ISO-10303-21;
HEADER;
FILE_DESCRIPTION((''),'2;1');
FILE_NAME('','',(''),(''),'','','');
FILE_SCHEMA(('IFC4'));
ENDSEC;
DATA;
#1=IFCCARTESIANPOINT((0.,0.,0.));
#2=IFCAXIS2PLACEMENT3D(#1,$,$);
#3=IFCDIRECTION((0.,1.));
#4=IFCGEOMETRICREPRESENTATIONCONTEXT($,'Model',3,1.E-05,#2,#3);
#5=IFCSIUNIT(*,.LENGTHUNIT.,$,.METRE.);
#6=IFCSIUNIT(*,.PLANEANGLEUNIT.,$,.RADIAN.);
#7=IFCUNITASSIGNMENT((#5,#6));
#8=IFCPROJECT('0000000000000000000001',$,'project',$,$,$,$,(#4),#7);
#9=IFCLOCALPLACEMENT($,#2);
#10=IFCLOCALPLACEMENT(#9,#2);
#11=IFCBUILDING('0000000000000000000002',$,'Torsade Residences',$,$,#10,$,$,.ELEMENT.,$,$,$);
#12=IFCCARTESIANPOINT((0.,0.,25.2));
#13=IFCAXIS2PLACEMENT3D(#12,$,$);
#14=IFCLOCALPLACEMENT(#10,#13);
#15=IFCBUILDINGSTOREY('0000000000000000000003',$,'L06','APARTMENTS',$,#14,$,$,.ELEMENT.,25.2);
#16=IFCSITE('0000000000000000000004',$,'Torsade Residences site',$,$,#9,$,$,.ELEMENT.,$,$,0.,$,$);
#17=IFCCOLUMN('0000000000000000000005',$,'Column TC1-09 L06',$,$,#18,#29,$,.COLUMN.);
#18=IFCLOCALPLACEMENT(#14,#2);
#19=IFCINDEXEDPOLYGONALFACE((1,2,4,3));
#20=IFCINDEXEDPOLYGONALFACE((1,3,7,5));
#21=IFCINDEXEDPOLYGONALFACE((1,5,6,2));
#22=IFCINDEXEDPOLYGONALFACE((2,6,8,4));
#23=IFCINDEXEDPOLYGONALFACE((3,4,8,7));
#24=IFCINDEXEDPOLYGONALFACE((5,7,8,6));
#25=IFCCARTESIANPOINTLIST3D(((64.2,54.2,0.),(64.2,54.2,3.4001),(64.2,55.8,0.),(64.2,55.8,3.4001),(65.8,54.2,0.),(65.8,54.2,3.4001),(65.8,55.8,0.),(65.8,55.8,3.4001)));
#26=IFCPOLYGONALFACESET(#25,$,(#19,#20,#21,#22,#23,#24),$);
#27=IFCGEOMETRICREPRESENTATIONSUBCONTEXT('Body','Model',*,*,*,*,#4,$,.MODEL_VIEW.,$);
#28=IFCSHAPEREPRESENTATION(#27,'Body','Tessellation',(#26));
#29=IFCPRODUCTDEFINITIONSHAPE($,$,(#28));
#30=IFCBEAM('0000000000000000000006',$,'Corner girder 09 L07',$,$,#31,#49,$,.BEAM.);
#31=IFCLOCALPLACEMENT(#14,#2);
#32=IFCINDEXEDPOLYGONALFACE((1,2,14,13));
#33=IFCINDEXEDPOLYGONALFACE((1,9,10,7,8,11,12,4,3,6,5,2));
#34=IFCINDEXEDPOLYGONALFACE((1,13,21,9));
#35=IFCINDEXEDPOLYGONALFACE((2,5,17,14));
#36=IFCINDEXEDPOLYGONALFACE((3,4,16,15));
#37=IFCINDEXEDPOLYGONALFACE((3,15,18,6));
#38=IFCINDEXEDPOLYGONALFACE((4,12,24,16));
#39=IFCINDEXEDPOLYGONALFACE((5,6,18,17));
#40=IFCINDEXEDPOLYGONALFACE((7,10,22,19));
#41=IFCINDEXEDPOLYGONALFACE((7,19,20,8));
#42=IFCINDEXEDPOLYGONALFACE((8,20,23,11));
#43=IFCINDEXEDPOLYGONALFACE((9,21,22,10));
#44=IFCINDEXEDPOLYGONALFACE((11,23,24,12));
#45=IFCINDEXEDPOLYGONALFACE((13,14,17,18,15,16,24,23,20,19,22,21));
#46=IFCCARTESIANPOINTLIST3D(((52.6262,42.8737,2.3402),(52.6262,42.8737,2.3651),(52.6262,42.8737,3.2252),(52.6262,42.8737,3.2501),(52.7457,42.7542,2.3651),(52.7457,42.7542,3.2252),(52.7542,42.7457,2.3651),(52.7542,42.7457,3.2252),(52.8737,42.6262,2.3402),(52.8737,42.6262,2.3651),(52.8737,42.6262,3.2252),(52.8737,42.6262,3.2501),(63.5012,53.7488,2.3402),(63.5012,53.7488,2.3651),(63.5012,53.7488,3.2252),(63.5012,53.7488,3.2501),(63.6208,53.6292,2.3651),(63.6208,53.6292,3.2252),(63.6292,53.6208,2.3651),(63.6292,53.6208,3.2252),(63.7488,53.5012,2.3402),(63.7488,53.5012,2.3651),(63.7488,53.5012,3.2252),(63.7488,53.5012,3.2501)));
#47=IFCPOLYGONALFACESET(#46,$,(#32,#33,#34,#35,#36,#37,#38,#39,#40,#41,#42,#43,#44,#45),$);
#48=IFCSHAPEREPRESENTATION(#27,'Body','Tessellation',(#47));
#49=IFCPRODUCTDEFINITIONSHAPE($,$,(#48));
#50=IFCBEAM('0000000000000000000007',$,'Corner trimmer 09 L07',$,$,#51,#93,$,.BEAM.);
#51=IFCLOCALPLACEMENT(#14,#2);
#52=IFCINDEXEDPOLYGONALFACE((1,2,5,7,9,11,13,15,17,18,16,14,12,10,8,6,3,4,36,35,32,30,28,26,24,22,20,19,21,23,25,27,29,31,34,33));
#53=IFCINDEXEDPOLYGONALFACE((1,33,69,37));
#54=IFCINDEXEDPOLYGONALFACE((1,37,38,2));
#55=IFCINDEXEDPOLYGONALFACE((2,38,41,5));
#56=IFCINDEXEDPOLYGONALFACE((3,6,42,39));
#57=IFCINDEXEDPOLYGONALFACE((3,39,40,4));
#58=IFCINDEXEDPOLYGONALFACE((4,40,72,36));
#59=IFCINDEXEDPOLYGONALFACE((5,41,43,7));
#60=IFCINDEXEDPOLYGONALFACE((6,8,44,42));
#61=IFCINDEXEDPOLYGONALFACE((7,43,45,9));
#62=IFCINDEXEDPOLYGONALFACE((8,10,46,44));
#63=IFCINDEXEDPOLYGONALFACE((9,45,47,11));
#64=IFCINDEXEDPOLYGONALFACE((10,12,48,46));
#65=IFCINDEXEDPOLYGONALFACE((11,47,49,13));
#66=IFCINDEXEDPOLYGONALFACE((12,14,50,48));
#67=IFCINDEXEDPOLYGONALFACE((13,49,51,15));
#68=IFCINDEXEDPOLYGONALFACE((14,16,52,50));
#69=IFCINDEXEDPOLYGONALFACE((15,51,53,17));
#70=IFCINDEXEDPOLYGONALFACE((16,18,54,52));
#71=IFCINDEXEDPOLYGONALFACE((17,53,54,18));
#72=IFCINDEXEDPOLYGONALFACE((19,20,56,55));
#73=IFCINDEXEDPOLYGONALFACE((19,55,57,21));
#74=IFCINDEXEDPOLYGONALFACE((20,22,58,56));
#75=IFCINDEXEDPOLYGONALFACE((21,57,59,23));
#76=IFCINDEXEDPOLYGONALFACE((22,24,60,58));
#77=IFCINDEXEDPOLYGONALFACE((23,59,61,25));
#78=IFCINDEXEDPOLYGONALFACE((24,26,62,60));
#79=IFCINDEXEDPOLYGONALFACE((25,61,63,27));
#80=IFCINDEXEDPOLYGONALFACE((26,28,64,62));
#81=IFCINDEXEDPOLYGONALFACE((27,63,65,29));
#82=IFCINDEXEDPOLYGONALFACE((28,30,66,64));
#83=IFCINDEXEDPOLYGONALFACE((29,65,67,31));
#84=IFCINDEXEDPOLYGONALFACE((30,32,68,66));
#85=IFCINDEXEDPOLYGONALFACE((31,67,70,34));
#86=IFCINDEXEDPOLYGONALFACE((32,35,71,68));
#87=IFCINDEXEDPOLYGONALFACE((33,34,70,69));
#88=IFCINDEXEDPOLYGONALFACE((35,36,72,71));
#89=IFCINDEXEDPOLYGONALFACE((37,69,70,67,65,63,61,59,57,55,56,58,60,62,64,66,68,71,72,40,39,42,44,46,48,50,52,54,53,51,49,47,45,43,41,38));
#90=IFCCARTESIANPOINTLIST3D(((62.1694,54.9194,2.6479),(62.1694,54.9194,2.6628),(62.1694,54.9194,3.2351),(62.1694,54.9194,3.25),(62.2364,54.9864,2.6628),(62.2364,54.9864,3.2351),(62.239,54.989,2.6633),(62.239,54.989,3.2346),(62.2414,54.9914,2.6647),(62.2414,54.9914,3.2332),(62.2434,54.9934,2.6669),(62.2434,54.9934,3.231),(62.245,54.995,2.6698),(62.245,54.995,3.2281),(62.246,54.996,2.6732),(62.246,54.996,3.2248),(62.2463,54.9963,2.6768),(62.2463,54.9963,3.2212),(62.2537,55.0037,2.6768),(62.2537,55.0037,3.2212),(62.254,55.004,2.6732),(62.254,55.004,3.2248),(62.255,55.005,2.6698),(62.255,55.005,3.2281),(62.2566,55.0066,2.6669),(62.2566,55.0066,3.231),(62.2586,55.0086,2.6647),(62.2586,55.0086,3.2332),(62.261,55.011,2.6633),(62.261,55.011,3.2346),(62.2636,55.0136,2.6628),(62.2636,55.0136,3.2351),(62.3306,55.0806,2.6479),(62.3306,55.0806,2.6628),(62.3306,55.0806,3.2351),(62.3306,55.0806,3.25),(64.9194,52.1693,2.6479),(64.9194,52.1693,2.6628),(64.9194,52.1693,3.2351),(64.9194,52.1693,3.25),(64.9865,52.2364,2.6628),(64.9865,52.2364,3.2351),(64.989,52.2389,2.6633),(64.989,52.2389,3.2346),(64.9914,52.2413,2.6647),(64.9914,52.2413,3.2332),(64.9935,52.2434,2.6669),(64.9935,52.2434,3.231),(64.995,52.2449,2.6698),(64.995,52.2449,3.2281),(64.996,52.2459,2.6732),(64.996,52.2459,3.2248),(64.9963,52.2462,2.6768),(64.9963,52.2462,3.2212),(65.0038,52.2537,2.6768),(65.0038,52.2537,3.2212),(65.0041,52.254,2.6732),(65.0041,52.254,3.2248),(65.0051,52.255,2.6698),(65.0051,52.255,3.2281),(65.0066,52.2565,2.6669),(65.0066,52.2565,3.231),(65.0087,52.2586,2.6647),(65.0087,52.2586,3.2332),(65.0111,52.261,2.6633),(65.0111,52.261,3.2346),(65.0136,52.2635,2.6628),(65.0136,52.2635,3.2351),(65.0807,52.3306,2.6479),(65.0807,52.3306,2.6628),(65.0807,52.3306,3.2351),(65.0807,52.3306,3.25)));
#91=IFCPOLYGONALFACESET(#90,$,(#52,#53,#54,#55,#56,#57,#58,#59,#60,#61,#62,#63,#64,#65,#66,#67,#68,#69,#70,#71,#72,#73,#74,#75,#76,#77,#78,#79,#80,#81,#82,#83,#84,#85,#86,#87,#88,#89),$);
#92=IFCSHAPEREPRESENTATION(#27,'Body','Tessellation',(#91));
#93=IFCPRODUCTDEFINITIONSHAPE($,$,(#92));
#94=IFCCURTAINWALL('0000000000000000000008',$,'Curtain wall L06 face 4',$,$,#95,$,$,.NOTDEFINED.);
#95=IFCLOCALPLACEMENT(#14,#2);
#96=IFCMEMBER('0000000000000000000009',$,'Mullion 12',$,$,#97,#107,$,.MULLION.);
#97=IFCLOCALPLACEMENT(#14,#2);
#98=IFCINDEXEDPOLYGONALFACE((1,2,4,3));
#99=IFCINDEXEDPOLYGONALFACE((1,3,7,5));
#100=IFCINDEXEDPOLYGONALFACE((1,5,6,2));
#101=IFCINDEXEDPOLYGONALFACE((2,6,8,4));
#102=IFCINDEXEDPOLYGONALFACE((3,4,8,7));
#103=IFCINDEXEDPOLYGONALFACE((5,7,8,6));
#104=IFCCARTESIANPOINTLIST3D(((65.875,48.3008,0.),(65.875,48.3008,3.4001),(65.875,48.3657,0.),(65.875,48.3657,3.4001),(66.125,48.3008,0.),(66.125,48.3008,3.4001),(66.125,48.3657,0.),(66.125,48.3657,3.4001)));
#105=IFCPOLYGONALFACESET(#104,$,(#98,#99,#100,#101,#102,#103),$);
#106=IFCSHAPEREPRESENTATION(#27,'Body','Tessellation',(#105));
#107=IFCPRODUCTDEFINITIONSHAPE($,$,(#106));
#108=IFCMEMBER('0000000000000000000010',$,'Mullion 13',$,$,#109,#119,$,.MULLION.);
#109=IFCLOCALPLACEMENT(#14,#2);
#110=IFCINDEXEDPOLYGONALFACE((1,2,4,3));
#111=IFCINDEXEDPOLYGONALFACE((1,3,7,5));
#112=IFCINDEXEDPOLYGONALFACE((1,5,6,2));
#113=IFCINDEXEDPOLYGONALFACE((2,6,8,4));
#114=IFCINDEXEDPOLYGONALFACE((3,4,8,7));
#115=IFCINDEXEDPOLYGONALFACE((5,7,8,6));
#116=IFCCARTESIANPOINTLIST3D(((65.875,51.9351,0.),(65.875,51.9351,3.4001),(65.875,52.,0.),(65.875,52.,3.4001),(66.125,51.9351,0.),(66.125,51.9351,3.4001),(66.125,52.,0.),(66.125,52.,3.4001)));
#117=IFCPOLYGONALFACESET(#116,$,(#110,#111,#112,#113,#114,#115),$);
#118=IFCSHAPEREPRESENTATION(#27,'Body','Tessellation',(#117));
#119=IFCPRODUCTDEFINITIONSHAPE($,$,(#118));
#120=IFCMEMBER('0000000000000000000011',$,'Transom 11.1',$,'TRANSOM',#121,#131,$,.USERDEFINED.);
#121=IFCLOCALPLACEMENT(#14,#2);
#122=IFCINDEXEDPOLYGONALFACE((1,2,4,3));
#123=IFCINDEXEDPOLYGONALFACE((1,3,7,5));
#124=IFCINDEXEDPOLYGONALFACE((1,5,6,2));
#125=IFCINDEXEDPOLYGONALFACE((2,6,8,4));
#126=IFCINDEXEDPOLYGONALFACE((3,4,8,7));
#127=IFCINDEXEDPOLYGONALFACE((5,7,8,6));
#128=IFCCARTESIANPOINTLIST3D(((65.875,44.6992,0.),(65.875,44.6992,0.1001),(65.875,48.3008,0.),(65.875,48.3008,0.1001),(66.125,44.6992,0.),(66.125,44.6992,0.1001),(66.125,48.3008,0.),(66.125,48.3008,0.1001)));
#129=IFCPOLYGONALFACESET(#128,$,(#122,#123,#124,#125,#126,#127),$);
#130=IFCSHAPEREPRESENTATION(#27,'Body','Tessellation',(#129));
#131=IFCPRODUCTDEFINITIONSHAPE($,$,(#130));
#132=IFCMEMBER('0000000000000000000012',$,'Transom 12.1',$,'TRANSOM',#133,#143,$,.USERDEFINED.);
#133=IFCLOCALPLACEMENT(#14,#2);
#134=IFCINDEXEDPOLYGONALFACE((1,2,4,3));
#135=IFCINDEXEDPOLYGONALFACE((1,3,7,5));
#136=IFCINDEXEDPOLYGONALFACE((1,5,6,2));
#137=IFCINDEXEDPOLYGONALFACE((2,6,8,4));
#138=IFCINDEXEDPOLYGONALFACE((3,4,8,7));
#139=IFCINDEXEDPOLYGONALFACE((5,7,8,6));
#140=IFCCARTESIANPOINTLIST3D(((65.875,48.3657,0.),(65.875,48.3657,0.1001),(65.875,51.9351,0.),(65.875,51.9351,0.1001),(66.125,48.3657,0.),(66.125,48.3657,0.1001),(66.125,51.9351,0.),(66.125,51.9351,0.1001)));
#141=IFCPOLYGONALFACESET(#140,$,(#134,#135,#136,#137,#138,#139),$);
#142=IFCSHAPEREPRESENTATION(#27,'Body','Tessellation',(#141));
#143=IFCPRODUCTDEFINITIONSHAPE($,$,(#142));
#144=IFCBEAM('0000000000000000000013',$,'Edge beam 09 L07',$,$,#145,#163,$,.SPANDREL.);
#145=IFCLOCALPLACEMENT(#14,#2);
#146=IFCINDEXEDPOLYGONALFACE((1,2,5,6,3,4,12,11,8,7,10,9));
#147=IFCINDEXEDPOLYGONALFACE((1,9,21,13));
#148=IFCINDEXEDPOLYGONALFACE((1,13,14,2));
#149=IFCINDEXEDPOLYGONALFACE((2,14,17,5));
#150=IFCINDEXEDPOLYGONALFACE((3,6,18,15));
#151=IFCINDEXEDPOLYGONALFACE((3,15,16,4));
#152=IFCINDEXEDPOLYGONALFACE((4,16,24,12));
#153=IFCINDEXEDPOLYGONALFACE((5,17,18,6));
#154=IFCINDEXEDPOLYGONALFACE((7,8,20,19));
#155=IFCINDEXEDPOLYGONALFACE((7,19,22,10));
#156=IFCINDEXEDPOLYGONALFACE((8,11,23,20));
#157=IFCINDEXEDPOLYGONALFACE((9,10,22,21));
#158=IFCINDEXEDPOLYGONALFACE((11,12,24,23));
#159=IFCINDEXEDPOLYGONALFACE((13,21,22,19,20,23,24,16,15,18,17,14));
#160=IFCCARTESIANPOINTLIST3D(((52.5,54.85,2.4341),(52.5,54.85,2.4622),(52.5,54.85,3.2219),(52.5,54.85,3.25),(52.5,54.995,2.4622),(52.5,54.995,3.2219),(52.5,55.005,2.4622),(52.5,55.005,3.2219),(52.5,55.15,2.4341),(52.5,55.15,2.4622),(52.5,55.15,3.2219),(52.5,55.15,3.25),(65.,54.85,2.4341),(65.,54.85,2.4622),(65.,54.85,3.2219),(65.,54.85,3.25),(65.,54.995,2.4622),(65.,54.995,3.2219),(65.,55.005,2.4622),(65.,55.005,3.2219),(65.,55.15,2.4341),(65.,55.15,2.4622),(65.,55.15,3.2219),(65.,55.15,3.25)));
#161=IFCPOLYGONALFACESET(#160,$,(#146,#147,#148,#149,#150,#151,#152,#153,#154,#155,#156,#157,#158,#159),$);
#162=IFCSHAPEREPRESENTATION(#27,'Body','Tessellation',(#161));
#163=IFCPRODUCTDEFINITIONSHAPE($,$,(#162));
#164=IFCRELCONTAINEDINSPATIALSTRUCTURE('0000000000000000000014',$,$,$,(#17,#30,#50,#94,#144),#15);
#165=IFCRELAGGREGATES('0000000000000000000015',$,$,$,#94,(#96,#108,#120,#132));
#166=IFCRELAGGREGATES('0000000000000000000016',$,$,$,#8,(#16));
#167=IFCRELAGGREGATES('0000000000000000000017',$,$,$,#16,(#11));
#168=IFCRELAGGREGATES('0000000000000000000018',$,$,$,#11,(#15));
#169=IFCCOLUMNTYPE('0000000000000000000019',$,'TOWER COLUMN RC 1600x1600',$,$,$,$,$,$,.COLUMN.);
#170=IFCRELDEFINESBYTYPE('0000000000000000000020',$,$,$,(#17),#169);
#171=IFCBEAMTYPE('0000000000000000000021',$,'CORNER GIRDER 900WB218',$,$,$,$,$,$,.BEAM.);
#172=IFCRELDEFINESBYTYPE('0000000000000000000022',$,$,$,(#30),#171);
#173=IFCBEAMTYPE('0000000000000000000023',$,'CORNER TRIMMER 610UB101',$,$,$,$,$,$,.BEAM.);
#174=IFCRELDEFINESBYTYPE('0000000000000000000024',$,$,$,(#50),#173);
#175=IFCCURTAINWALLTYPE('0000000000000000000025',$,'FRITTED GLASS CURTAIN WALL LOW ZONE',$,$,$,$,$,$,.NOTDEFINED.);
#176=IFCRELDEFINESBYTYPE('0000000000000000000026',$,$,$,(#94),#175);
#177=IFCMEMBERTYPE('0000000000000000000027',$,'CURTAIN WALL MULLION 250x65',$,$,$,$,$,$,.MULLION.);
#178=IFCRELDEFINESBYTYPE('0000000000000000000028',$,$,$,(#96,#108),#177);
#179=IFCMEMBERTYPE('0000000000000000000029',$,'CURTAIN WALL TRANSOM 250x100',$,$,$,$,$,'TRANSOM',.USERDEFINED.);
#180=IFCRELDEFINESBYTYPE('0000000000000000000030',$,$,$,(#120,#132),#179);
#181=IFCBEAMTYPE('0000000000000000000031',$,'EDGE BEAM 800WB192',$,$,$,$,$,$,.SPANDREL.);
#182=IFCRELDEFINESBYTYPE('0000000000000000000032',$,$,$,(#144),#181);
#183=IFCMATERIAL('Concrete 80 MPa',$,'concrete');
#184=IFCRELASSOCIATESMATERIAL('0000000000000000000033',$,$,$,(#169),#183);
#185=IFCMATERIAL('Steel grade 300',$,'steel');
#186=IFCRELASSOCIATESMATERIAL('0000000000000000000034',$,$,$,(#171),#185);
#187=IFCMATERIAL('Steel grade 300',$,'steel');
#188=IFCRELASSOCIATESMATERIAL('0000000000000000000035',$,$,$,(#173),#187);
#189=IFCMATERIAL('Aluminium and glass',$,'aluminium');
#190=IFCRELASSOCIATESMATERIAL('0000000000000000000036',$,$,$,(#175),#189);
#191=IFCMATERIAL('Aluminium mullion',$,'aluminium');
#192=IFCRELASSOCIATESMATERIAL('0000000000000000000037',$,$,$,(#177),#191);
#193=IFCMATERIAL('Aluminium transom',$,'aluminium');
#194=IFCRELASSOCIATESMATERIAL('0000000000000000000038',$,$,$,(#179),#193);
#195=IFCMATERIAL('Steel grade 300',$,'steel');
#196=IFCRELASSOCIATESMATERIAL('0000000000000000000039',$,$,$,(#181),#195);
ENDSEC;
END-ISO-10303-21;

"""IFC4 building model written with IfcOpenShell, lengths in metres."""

from ifc_helpers import new_model, si_unit, direction, frame, origin, origin_2d, place, context, subcontext, project, spatial, rectangle, i_section, extrude, material, material_profile, profile_set, type_object, element, aggregate, save


model = new_model("IFC4")

# Units and contexts
model_context = context("Model", 3, precision=1e-05, world=origin(), true_north=direction((0.0, 1.0)))
body_context = subcontext(model_context, "Body", "Model", "MODEL_VIEW")
ifc_project = project(units=[si_unit("LENGTHUNIT", "METRE"), si_unit("PLANEANGLEUNIT", "RADIAN")], contexts=[model_context])

# Site, building, storey
site_placement = place(None, origin())
site = spatial("IfcSite", under=ifc_project, at=site_placement, Name="Torsade Residences site", CompositionType="ELEMENT", RefElevation=0.0)
building_placement = place(site_placement, origin())
building = spatial("IfcBuilding", under=site, at=building_placement, Name="Torsade Residences", CompositionType="ELEMENT")
storey_placement = place(building_placement, frame((0.0, 0.0, 25.2)))
storey = spatial("IfcBuildingStorey", under=building, at=storey_placement, Name="L06", Description="APARTMENTS", CompositionType="ELEMENT", Elevation=25.2)

# Column
ifc_material_1 = material(Name="Concrete 80 MPa", Category="concrete")
ifc_material_profile_1 = material_profile(ifc_material_1, rectangle(XDim=1.6001, YDim=1.6001, at=origin_2d()), Name="RC 1600x1600")
ifc_profile_set_1 = profile_set([ifc_material_profile_1], Name="Concrete 80 MPa")
column_type = type_object("IfcColumnType", Name="TOWER COLUMN RC 1600x1600", PredefinedType="COLUMN", material=ifc_profile_set_1)
column_placement = place(storey_placement, frame((65.0, 55.0, 0.0), z_axis=(0.0, 0.0, 1.0), x_axis=(1.0, 0.0, 0.0)))
element("IfcColumn", 1, at=column_placement, inside=storey, type_object=column_type, Name="Column TC1-09 L06", PredefinedType="COLUMN", context=body_context, shape_type="SweptSolid", body=[
    extrude(rectangle(XDim=1.6001, YDim=1.6001, at=origin_2d()), origin(), (0.0, 0.0, 1.0), 3.4001),
])

# Beams
ifc_material_2 = material(Name="Steel grade 300", Category="steel")
ifc_material_profile_2 = material_profile(ifc_material_2, i_section(OverallWidth=0.3501, OverallDepth=0.9099, WebThickness=0.012, FlangeThickness=0.0249, at=origin_2d()), Name="900WB218")
ifc_profile_set_2 = profile_set([ifc_material_profile_2], Name="Steel grade 300")
beam_type_1 = type_object("IfcBeamType", Name="CORNER GIRDER 900WB218", PredefinedType="BEAM", material=ifc_profile_set_2)
beam_1_placement = place(storey_placement, frame((63.625, 53.625, 2.7952), z_axis=(-0.707107, -0.707107, 0.0), x_axis=(0.707107, -0.707107, 0.0)))
element("IfcBeam", 2, at=beam_1_placement, inside=storey, type_object=beam_type_1, Name="Corner girder 09 L07", PredefinedType="BEAM", context=body_context, shape_type="SweptSolid", body=[
    extrude(i_section(OverallWidth=0.3501, OverallDepth=0.9099, WebThickness=0.012, FlangeThickness=0.0249, at=origin_2d()), origin(), (0.0, 0.0, 1.0), 15.3796),
])
ifc_material_3 = material(Name="Steel grade 300", Category="steel")
ifc_material_profile_3 = material_profile(ifc_material_3, i_section(OverallWidth=0.228, OverallDepth=0.6021, WebThickness=0.0105, FlangeThickness=0.0149, FilletRadius=0.0139, at=origin_2d()), Name="610UB101")
ifc_profile_set_3 = profile_set([ifc_material_profile_3], Name="Steel grade 300")
beam_type_2 = type_object("IfcBeamType", Name="CORNER TRIMMER 610UB101", PredefinedType="BEAM", material=ifc_profile_set_3)
beam_2_placement = place(storey_placement, frame((62.25, 55.0, 2.949), z_axis=(0.707107, -0.707107, 0.0), x_axis=(0.707107, 0.707107, 0.0)))
element("IfcBeam", 3, at=beam_2_placement, inside=storey, type_object=beam_type_2, Name="Corner trimmer 09 L07", PredefinedType="BEAM", context=body_context, shape_type="SweptSolid", body=[
    extrude(i_section(OverallWidth=0.228, OverallDepth=0.6021, WebThickness=0.0105, FlangeThickness=0.0149, FilletRadius=0.0139, at=origin_2d()), origin(), (0.0, 0.0, 1.0), 3.8892),
])

# Curtain wall, members
ifc_material_4 = material(Name="Aluminium and glass", Category="aluminium")
curtain_wall_type = type_object("IfcCurtainWallType", Name="FRITTED GLASS CURTAIN WALL LOW ZONE", PredefinedType="NOTDEFINED", material=ifc_material_4)
curtain_wall_placement = place(storey_placement, origin())
curtain_wall = element("IfcCurtainWall", 4, at=curtain_wall_placement, inside=storey, type_object=curtain_wall_type, Name="Curtain wall L06 face 4", PredefinedType="NOTDEFINED")
ifc_material_5 = material(Name="Aluminium mullion", Category="aluminium")
ifc_material_profile_4 = material_profile(ifc_material_5, rectangle(XDim=0.25, YDim=0.0649, at=origin_2d()), Name="CURTAIN WALL MULLION 250x65")
ifc_profile_set_4 = profile_set([ifc_material_profile_4], Name="Aluminium mullion")
member_type_1 = type_object("IfcMemberType", Name="CURTAIN WALL MULLION 250x65", PredefinedType="MULLION", material=ifc_profile_set_4)
member_1_placement = place(storey_placement, frame((66.0, 48.3333, 0.0), z_axis=(0.0, 0.0, 1.0), x_axis=(-1.0, 0.0, 0.0)))
member_1 = element("IfcMember", 5, at=member_1_placement, type_object=member_type_1, Name="Mullion 12", PredefinedType="MULLION", context=body_context, shape_type="SweptSolid", body=[
    extrude(rectangle(XDim=0.25, YDim=0.0649, at=origin_2d()), origin(), (0.0, 0.0, 1.0), 3.4001),
])
member_2_placement = place(storey_placement, frame((66.0, 51.9675, 0.0), z_axis=(0.0, 0.0, 1.0), x_axis=(-1.0, 0.0, 0.0)))
member_2 = element("IfcMember", 6, at=member_2_placement, type_object=member_type_1, Name="Mullion 13", PredefinedType="MULLION", context=body_context, shape_type="SweptSolid", body=[
    extrude(rectangle(XDim=0.25, YDim=0.0649, at=origin_2d()), origin(), (0.0, 0.0, 1.0), 3.4001),
])
ifc_material_6 = material(Name="Aluminium transom", Category="aluminium")
ifc_material_profile_5 = material_profile(ifc_material_6, rectangle(XDim=0.25, YDim=0.1001, at=origin_2d()), Name="CURTAIN WALL TRANSOM 250x100")
ifc_profile_set_5 = profile_set([ifc_material_profile_5], Name="Aluminium transom")
member_type_2 = type_object("IfcMemberType", Name="CURTAIN WALL TRANSOM 250x100", ElementType="TRANSOM", PredefinedType="USERDEFINED", material=ifc_profile_set_5)
member_3_placement = place(storey_placement, frame((66.0, 44.6992, 0.05), z_axis=(0.0, 1.0, 0.0), x_axis=(-1.0, 0.0, 0.0)))
member_3 = element("IfcMember", 7, at=member_3_placement, type_object=member_type_2, Name="Transom 11.1", ObjectType="TRANSOM", PredefinedType="USERDEFINED", context=body_context, shape_type="SweptSolid", body=[
    extrude(rectangle(XDim=0.25, YDim=0.1001, at=origin_2d()), origin(), (0.0, 0.0, 1.0), 3.6016),
])
member_4_placement = place(storey_placement, frame((66.0, 48.3657, 0.05), z_axis=(0.0, 1.0, 0.0), x_axis=(-1.0, 0.0, 0.0)))
member_4 = element("IfcMember", 8, at=member_4_placement, type_object=member_type_2, Name="Transom 12.1", ObjectType="TRANSOM", PredefinedType="USERDEFINED", context=body_context, shape_type="SweptSolid", body=[
    extrude(rectangle(XDim=0.25, YDim=0.1001, at=origin_2d()), origin(), (0.0, 0.0, 1.0), 3.5693),
])

# Beam
ifc_material_7 = material(Name="Steel grade 300", Category="steel")
ifc_material_profile_6 = material_profile(ifc_material_7, i_section(OverallWidth=0.3, OverallDepth=0.8159, WebThickness=0.01, FlangeThickness=0.0281, at=origin_2d()), Name="800WB192")
ifc_profile_set_6 = profile_set([ifc_material_profile_6], Name="Steel grade 300")
beam_type_3 = type_object("IfcBeamType", Name="EDGE BEAM 800WB192", PredefinedType="SPANDREL", material=ifc_profile_set_6)
beam_3_placement = place(storey_placement, frame((65.0, 55.0, 2.842), z_axis=(-1.0, 0.0, 0.0), x_axis=(0.0, -1.0, 0.0)))
element("IfcBeam", 9, at=beam_3_placement, inside=storey, type_object=beam_type_3, Name="Edge beam 09 L07", PredefinedType="SPANDREL", context=body_context, shape_type="SweptSolid", body=[
    extrude(i_section(OverallWidth=0.3, OverallDepth=0.8159, WebThickness=0.01, FlangeThickness=0.0281, at=origin_2d()), origin(), (0.0, 0.0, 1.0), 12.5),
])

aggregate(curtain_wall, [member_1, member_2, member_3, member_4])

save(model, "model.ifc")
